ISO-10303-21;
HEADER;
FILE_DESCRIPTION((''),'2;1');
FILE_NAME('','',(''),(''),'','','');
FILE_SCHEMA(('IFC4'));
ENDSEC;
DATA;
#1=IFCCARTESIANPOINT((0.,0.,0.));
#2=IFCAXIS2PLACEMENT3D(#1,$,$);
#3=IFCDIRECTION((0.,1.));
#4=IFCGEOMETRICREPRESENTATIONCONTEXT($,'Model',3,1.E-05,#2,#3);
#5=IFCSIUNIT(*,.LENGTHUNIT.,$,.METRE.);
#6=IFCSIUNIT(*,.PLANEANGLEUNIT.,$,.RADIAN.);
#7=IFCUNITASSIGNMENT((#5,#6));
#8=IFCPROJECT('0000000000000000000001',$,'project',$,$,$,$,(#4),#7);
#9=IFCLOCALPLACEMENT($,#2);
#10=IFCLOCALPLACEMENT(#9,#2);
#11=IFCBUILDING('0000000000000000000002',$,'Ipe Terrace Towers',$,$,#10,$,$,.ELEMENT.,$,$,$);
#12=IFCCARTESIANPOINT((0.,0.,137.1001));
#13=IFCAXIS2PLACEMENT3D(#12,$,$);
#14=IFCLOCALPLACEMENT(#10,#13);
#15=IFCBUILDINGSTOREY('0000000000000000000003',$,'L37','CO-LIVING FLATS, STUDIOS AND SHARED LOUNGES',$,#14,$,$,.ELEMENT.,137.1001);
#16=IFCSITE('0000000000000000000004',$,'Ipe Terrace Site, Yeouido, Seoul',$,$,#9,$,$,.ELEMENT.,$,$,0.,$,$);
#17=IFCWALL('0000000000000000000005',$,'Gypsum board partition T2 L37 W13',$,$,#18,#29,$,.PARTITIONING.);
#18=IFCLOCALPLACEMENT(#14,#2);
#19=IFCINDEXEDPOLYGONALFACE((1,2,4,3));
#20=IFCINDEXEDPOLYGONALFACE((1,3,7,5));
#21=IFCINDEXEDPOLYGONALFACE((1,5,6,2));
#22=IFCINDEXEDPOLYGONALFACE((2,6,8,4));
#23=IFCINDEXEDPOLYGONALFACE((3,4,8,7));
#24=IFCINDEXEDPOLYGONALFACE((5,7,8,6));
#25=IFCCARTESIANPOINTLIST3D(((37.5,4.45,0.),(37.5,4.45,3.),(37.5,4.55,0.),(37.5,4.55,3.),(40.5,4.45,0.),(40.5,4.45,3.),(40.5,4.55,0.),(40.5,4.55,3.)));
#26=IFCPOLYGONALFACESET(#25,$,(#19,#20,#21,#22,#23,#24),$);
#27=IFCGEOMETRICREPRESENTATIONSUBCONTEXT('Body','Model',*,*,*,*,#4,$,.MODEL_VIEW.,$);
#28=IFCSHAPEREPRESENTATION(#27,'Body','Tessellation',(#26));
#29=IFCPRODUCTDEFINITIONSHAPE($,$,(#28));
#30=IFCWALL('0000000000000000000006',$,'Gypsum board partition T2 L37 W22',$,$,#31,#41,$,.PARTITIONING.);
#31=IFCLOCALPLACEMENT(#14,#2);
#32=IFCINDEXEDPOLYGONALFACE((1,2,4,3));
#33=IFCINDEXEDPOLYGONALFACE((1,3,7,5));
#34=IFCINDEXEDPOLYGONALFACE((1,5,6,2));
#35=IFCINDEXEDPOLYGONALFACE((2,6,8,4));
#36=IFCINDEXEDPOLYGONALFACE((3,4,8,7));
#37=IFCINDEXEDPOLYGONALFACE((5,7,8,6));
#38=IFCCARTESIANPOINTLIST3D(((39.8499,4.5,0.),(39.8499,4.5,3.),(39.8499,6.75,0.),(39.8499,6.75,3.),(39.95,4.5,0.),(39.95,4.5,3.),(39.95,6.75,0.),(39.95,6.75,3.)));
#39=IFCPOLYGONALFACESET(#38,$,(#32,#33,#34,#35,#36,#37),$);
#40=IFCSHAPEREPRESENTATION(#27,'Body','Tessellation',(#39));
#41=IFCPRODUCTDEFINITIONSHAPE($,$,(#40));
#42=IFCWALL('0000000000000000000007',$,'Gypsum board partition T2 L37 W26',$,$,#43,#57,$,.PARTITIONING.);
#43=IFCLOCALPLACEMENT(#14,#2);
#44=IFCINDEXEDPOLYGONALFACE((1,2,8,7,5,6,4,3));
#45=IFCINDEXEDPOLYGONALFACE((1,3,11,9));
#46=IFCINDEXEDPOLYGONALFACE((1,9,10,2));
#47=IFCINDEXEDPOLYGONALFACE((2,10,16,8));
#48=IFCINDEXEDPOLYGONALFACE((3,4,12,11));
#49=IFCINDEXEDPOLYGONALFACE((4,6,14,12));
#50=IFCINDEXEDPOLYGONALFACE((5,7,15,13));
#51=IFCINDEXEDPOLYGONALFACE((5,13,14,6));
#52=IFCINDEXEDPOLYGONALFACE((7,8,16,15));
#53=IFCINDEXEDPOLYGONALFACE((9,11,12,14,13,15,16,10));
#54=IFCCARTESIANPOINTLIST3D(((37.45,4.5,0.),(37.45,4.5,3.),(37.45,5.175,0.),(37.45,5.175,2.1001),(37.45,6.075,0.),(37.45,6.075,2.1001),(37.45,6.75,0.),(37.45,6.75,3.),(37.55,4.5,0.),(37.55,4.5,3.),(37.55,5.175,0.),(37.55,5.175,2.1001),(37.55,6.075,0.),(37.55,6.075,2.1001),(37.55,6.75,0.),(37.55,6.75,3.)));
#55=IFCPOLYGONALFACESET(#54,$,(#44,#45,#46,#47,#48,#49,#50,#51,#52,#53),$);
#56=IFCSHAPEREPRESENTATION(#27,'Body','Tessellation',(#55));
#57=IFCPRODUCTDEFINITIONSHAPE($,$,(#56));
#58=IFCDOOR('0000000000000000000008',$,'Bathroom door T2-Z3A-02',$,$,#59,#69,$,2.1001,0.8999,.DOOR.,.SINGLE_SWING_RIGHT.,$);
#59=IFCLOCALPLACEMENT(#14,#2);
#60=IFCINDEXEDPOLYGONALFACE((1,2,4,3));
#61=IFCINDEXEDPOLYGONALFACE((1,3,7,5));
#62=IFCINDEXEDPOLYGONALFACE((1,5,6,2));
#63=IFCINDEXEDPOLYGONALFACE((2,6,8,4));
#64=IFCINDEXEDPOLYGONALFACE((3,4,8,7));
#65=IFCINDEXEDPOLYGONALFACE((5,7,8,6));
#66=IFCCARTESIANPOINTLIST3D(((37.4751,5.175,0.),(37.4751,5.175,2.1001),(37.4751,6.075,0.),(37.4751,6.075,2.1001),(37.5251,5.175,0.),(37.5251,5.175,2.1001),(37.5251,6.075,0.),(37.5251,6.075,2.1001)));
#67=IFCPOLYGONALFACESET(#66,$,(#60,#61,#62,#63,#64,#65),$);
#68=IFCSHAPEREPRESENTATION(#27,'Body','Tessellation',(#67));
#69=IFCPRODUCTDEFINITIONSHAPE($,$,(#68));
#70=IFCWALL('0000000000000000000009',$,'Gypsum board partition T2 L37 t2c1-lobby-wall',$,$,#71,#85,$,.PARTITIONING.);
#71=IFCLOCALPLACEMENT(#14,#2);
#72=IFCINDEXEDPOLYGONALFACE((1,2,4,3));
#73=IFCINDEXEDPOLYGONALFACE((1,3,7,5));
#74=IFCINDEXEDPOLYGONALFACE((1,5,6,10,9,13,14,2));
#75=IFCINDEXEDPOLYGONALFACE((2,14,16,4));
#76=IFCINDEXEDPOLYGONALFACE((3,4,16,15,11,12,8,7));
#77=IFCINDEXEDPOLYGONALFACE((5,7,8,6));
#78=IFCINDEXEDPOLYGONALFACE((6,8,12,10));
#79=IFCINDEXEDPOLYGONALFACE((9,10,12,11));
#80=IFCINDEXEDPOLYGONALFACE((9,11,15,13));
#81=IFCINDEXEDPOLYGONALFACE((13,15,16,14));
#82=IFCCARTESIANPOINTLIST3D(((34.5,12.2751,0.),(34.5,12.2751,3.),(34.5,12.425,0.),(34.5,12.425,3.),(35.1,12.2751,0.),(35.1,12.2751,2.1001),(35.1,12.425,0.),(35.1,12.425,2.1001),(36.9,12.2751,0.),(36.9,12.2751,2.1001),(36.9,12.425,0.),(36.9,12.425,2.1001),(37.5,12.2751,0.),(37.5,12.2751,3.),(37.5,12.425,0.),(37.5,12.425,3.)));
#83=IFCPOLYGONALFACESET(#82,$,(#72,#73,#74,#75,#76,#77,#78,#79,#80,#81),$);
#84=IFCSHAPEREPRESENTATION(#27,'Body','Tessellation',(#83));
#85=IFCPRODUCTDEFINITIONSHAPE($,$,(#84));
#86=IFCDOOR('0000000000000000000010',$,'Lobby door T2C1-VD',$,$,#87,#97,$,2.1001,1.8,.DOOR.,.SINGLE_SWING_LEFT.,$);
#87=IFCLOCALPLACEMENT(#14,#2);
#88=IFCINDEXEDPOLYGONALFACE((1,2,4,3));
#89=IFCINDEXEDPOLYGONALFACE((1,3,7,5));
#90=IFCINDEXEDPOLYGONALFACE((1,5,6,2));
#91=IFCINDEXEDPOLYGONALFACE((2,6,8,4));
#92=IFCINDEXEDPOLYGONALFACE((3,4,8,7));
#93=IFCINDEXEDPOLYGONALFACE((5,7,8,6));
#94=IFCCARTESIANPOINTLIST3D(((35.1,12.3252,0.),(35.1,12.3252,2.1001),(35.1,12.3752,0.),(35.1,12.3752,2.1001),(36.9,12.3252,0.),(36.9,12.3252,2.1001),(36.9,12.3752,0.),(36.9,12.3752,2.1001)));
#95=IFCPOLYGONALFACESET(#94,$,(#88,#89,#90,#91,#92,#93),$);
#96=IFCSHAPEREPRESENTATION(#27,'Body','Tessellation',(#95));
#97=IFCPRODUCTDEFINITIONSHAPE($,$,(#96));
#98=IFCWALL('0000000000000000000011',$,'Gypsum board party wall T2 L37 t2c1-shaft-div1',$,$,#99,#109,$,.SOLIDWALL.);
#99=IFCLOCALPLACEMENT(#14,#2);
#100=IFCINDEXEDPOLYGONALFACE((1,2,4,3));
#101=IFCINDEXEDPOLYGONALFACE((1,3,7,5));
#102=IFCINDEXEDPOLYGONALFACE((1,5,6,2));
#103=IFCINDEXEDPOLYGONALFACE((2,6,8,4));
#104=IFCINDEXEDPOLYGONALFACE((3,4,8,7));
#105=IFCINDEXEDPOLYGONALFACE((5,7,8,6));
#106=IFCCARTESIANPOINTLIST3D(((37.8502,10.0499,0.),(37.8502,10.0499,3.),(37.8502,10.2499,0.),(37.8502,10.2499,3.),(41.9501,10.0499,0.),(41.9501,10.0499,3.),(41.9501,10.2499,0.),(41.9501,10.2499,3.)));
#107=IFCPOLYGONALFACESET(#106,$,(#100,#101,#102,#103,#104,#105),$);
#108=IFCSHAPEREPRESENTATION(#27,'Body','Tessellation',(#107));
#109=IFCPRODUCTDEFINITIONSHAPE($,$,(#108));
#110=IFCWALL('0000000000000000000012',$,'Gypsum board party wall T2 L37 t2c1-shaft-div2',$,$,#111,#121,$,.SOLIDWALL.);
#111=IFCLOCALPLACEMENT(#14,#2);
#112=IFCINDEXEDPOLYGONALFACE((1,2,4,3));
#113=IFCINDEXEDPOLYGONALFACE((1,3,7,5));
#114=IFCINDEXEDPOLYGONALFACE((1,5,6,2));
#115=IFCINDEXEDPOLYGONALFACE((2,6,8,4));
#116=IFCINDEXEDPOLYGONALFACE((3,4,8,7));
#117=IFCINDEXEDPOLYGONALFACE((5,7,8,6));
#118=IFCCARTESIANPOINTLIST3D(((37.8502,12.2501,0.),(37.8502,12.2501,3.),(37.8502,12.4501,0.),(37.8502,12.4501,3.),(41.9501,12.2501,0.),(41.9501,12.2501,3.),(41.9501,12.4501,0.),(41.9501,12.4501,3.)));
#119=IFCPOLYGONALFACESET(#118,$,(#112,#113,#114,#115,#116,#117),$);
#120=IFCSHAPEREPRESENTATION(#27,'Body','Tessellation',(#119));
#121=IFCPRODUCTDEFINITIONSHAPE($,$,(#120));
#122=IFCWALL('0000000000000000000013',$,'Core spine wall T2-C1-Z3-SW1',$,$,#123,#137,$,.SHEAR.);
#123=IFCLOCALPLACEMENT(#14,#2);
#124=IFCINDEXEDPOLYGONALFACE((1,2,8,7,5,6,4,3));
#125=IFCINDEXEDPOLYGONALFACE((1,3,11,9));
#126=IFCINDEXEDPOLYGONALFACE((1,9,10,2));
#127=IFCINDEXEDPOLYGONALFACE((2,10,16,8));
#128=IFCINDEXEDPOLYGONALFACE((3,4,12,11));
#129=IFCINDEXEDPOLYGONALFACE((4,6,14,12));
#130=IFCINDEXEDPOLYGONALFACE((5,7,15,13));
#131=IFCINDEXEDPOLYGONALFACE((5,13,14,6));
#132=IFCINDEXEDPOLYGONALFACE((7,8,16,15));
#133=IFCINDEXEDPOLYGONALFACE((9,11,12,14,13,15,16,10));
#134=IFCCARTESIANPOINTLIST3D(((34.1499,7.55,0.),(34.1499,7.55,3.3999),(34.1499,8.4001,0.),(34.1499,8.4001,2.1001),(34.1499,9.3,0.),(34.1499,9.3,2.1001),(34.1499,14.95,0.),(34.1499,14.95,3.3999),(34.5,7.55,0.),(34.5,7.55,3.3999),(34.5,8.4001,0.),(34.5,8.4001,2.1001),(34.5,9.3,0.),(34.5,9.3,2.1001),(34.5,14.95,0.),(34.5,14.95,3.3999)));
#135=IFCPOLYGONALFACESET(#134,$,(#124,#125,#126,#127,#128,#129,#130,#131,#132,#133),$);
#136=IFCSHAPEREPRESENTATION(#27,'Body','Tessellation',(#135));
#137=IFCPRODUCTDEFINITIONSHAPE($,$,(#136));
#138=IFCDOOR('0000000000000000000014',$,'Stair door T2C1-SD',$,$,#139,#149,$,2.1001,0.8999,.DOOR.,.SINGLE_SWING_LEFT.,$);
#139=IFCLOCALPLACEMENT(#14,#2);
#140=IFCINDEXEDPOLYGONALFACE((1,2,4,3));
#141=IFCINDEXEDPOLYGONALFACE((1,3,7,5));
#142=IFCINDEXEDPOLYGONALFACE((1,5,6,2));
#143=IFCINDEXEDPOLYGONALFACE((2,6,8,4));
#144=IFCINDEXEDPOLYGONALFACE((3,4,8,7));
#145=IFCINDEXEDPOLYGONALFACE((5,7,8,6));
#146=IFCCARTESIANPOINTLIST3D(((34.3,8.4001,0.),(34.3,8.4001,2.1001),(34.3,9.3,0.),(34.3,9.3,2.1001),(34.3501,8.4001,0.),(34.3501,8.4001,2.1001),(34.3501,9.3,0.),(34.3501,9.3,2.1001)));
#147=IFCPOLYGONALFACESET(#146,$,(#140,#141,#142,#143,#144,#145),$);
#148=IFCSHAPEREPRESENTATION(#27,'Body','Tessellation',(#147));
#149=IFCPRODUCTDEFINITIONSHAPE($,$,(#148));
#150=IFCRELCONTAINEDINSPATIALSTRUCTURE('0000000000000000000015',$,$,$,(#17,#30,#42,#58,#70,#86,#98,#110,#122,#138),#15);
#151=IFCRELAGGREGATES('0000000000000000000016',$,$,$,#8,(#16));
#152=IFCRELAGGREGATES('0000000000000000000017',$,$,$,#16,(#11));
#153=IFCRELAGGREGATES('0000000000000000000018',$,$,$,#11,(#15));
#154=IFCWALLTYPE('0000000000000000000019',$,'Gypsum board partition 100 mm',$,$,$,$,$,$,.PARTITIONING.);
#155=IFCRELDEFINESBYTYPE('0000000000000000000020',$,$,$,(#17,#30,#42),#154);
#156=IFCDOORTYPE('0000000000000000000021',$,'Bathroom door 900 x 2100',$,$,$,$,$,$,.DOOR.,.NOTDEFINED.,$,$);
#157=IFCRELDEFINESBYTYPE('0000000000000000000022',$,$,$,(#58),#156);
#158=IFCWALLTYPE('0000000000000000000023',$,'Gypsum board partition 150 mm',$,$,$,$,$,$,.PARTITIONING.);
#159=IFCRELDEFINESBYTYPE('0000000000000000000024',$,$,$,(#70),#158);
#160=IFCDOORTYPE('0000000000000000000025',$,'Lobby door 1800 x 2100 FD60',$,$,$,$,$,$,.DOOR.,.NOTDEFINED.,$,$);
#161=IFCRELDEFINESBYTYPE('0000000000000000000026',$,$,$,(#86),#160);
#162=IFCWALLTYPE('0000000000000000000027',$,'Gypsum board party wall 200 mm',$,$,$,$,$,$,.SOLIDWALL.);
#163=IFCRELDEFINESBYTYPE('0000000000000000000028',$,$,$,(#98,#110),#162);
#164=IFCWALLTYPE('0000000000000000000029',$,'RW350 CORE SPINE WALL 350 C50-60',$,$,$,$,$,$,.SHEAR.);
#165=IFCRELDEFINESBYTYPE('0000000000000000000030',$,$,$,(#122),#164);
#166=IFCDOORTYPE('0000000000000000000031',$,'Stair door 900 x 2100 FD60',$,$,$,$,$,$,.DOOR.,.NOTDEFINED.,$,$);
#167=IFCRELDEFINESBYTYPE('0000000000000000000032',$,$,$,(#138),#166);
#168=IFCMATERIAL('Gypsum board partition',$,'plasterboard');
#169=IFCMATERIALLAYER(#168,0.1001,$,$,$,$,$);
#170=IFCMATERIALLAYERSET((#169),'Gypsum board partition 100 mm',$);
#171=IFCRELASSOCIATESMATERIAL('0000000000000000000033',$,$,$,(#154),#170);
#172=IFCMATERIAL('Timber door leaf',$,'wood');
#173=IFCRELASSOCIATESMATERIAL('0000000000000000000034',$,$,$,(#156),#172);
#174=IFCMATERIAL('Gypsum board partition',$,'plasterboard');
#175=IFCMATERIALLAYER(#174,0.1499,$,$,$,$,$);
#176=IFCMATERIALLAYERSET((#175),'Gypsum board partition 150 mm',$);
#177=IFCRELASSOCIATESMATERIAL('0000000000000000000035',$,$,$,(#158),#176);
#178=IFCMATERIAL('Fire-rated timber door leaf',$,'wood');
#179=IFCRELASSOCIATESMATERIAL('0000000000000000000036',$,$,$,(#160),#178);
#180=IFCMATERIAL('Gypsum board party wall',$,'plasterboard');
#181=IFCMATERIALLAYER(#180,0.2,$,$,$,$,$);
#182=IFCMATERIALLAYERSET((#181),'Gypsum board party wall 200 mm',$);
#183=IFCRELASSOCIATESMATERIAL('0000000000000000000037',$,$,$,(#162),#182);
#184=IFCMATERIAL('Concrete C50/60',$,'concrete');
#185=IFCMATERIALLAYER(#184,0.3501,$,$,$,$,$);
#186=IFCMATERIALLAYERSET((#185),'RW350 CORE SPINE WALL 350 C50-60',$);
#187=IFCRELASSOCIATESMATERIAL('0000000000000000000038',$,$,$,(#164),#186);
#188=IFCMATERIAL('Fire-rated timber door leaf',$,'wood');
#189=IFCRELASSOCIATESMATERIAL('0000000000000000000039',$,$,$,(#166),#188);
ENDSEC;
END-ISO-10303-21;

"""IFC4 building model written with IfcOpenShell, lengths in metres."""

from ifc_helpers import new_model, si_unit, direction, frame, frame_2d, origin, place, context, subcontext, project, spatial, rectangle, extrude, material, layer, layer_set, type_object, element, fill, save


model = new_model("IFC4")

# Units and contexts
model_context = context("Model", 3, precision=1e-05, world=origin(), true_north=direction((0.0, 1.0)))
body_context = subcontext(model_context, "Body", "Model", "MODEL_VIEW")
ifc_project = project(units=[si_unit("LENGTHUNIT", "METRE"), si_unit("PLANEANGLEUNIT", "RADIAN")], contexts=[model_context])

# Site, building, storey
site_placement = place(None, origin())
site = spatial("IfcSite", under=ifc_project, at=site_placement, Name="Ipe Terrace Site, Yeouido, Seoul", CompositionType="ELEMENT", RefElevation=0.0)
building_placement = place(site_placement, origin())
building = spatial("IfcBuilding", under=site, at=building_placement, Name="Ipe Terrace Towers", CompositionType="ELEMENT")
storey_placement = place(building_placement, frame((0.0, 0.0, 137.1001)))
storey = spatial("IfcBuildingStorey", under=building, at=storey_placement, Name="L37", Description="CO-LIVING FLATS, STUDIOS AND SHARED LOUNGES", CompositionType="ELEMENT", Elevation=137.1001)

# Walls
ifc_material_1 = material(Name="Gypsum board partition", Category="plasterboard")
ifc_layer_1 = layer(ifc_material_1, 0.1001)
ifc_layer_set_1 = layer_set([ifc_layer_1], Name="Gypsum board partition 100 mm")
wall_type_1 = type_object("IfcWallType", Name="Gypsum board partition 100 mm", PredefinedType="PARTITIONING", material=ifc_layer_set_1)
wall_1_placement = place(storey_placement, frame((40.5, 4.5, 0.0), z_axis=(0.0, 0.0, 1.0), x_axis=(-1.0, 0.0, 0.0)))
element("IfcWall", 1, at=wall_1_placement, inside=storey, type_object=wall_type_1, Name="Gypsum board partition T2 L37 W13", PredefinedType="PARTITIONING", context=body_context, shape_type="SweptSolid", body=[
    extrude(rectangle(XDim=3.0, YDim=0.1001, at=frame_2d((1.5, 0.0))), origin(), (0.0, 0.0, 1.0), 3.0),
])
wall_2_placement = place(storey_placement, frame((39.8999, 4.5, 0.0), z_axis=(0.0, 0.0, 1.0), x_axis=(0.0, 1.0, 0.0)))
element("IfcWall", 2, at=wall_2_placement, inside=storey, type_object=wall_type_1, Name="Gypsum board partition T2 L37 W22", PredefinedType="PARTITIONING", context=body_context, shape_type="SweptSolid", body=[
    extrude(rectangle(XDim=2.25, YDim=0.1001, at=frame_2d((1.125, 0.0))), origin(), (0.0, 0.0, 1.0), 3.0),
])

# Walls, openings, doors
wall_3_placement = place(storey_placement, frame((37.5, 4.5, 0.0), z_axis=(0.0, 0.0, 1.0), x_axis=(0.0, 1.0, 0.0)))
wall_3 = element("IfcWall", 3, at=wall_3_placement, inside=storey, type_object=wall_type_1, Name="Gypsum board partition T2 L37 W26", PredefinedType="PARTITIONING", context=body_context, shape_type="SweptSolid", body=[
    extrude(rectangle(XDim=2.25, YDim=0.1001, at=frame_2d((1.125, 0.0))), origin(), (0.0, 0.0, 1.0), 3.0),
])
opening_1_placement = place(wall_3_placement, frame((0.675, 0.0, 0.0)))
opening_1 = element("IfcOpeningElement", 4, at=opening_1_placement, cuts=wall_3, PredefinedType="OPENING", context=body_context, shape_type="SweptSolid", body=[
    extrude(rectangle(XDim=0.8999, YDim=2.1001, at=frame_2d((0.45, 1.05))), frame((0.0, 0.0601, 0.0), z_axis=(0.0, -1.0, 0.0), x_axis=(1.0, 0.0, 0.0)), (0.0, 0.0, 1.0), 0.1201),
])
ifc_material_2 = material(Name="Timber door leaf", Category="wood")
door_type_1 = type_object("IfcDoorType", Name="Bathroom door 900 x 2100", OperationType="NOTDEFINED", PredefinedType="DOOR", material=ifc_material_2)
door_1_placement = place(opening_1_placement, origin())
door_1 = element("IfcDoor", 5, at=door_1_placement, inside=storey, type_object=door_type_1, Name="Bathroom door T2-Z3A-02", OperationType="SINGLE_SWING_RIGHT", OverallHeight=2.1001, OverallWidth=0.8999, PredefinedType="DOOR", context=body_context, shape_type="SweptSolid", body=[
    extrude(rectangle(XDim=0.8999, YDim=2.1001, at=frame_2d((0.45, 1.05))), frame((0.0, 0.0249, 0.0), z_axis=(0.0, -1.0, 0.0), x_axis=(1.0, 0.0, 0.0)), (0.0, 0.0, 1.0), 0.05),
])
fill(opening_1, door_1)
ifc_material_3 = material(Name="Gypsum board partition", Category="plasterboard")
ifc_layer_2 = layer(ifc_material_3, 0.1499)
ifc_layer_set_2 = layer_set([ifc_layer_2], Name="Gypsum board partition 150 mm")
wall_type_2 = type_object("IfcWallType", Name="Gypsum board partition 150 mm", PredefinedType="PARTITIONING", material=ifc_layer_set_2)
wall_4_placement = place(storey_placement, frame((37.5, 12.3501, 0.0), z_axis=(0.0, 0.0, 1.0), x_axis=(-1.0, 0.0, 0.0)))
wall_4 = element("IfcWall", 6, at=wall_4_placement, inside=storey, type_object=wall_type_2, Name="Gypsum board partition T2 L37 t2c1-lobby-wall", PredefinedType="PARTITIONING", context=body_context, shape_type="SweptSolid", body=[
    extrude(rectangle(XDim=3.0, YDim=0.1499, at=frame_2d((1.5, 0.0))), origin(), (0.0, 0.0, 1.0), 3.0),
])
opening_2_placement = place(wall_4_placement, frame((0.6001, 0.0, 0.0)))
opening_2 = element("IfcOpeningElement", 7, at=opening_2_placement, cuts=wall_4, PredefinedType="OPENING", context=body_context, shape_type="SweptSolid", body=[
    extrude(rectangle(XDim=1.8, YDim=2.1001, at=frame_2d((0.8999, 1.05))), frame((0.0, 0.085, 0.0), z_axis=(0.0, -1.0, 0.0), x_axis=(1.0, 0.0, 0.0)), (0.0, 0.0, 1.0), 0.1699),
])
ifc_material_4 = material(Name="Fire-rated timber door leaf", Category="wood")
door_type_2 = type_object("IfcDoorType", Name="Lobby door 1800 x 2100 FD60", OperationType="NOTDEFINED", PredefinedType="DOOR", material=ifc_material_4)
door_2_placement = place(opening_2_placement, origin())
door_2 = element("IfcDoor", 8, at=door_2_placement, inside=storey, type_object=door_type_2, Name="Lobby door T2C1-VD", OperationType="SINGLE_SWING_LEFT", OverallHeight=2.1001, OverallWidth=1.8, PredefinedType="DOOR", context=body_context, shape_type="SweptSolid", body=[
    extrude(rectangle(XDim=1.8, YDim=2.1001, at=frame_2d((0.8999, 1.05))), frame((0.0, 0.0249, 0.0), z_axis=(0.0, -1.0, 0.0), x_axis=(1.0, 0.0, 0.0)), (0.0, 0.0, 1.0), 0.05),
])
fill(opening_2, door_2)

# Walls
ifc_material_5 = material(Name="Gypsum board party wall", Category="plasterboard")
ifc_layer_3 = layer(ifc_material_5, 0.2)
ifc_layer_set_3 = layer_set([ifc_layer_3], Name="Gypsum board party wall 200 mm")
wall_type_3 = type_object("IfcWallType", Name="Gypsum board party wall 200 mm", PredefinedType="SOLIDWALL", material=ifc_layer_set_3)
for number, where, z_axis, x_axis, name in (
    (9, (41.95, 10.1499, 0.0), (0.0, 0.0, 1.0), (-1.0, 0.0, 0.0), "Gypsum board party wall T2 L37 t2c1-shaft-div1"),
    (10, (41.95, 12.3501, 0.0), (0.0, 0.0, 1.0), (-1.0, 0.0, 0.0), "Gypsum board party wall T2 L37 t2c1-shaft-div2"),
):
    element("IfcWall", number, at=place(storey_placement, frame(where, z_axis=z_axis, x_axis=x_axis)), inside=storey, type_object=wall_type_3, Name=name, PredefinedType="SOLIDWALL", context=body_context, shape_type="SweptSolid", body=[
        extrude(rectangle(XDim=4.0999, YDim=0.2, at=frame_2d((2.0498, 0.0))), origin(), (0.0, 0.0, 1.0), 3.0),
    ])

# Wall, opening, door
ifc_material_6 = material(Name="Concrete C50/60", Category="concrete")
ifc_layer_4 = layer(ifc_material_6, 0.3501)
ifc_layer_set_4 = layer_set([ifc_layer_4], Name="RW350 CORE SPINE WALL 350 C50-60")
wall_type_4 = type_object("IfcWallType", Name="RW350 CORE SPINE WALL 350 C50-60", PredefinedType="SHEAR", material=ifc_layer_set_4)
wall_5_placement = place(storey_placement, frame((34.325, 7.55, 0.0), z_axis=(0.0, 0.0, 1.0), x_axis=(0.0, 1.0, 0.0)))
wall_5 = element("IfcWall", 11, at=wall_5_placement, inside=storey, type_object=wall_type_4, Name="Core spine wall T2-C1-Z3-SW1", PredefinedType="SHEAR", context=body_context, shape_type="SweptSolid", body=[
    extrude(rectangle(XDim=7.3999, YDim=0.3501, at=frame_2d((3.7, 0.0))), origin(), (0.0, 0.0, 1.0), 3.3999),
])
opening_3_placement = place(wall_5_placement, frame((0.8501, 0.0, 0.0)))
opening_3 = element("IfcOpeningElement", 12, at=opening_3_placement, cuts=wall_5, PredefinedType="OPENING", context=body_context, shape_type="SweptSolid", body=[
    extrude(rectangle(XDim=0.8999, YDim=2.1001, at=frame_2d((0.45, 1.05))), frame((0.0, 0.1851, 0.0), z_axis=(0.0, -1.0, 0.0), x_axis=(1.0, 0.0, 0.0)), (0.0, 0.0, 1.0), 0.3701),
])
ifc_material_7 = material(Name="Fire-rated timber door leaf", Category="wood")
door_type_3 = type_object("IfcDoorType", Name="Stair door 900 x 2100 FD60", OperationType="NOTDEFINED", PredefinedType="DOOR", material=ifc_material_7)
door_3_placement = place(opening_3_placement, origin())
door_3 = element("IfcDoor", 13, at=door_3_placement, inside=storey, type_object=door_type_3, Name="Stair door T2C1-SD", OperationType="SINGLE_SWING_LEFT", OverallHeight=2.1001, OverallWidth=0.8999, PredefinedType="DOOR", context=body_context, shape_type="SweptSolid", body=[
    extrude(rectangle(XDim=0.8999, YDim=2.1001, at=frame_2d((0.45, 1.05))), frame((0.0, 0.0249, 0.0), z_axis=(0.0, -1.0, 0.0), x_axis=(1.0, 0.0, 0.0)), (0.0, 0.0, 1.0), 0.05),
])
fill(opening_3, door_3)

save(model, "model.ifc")
